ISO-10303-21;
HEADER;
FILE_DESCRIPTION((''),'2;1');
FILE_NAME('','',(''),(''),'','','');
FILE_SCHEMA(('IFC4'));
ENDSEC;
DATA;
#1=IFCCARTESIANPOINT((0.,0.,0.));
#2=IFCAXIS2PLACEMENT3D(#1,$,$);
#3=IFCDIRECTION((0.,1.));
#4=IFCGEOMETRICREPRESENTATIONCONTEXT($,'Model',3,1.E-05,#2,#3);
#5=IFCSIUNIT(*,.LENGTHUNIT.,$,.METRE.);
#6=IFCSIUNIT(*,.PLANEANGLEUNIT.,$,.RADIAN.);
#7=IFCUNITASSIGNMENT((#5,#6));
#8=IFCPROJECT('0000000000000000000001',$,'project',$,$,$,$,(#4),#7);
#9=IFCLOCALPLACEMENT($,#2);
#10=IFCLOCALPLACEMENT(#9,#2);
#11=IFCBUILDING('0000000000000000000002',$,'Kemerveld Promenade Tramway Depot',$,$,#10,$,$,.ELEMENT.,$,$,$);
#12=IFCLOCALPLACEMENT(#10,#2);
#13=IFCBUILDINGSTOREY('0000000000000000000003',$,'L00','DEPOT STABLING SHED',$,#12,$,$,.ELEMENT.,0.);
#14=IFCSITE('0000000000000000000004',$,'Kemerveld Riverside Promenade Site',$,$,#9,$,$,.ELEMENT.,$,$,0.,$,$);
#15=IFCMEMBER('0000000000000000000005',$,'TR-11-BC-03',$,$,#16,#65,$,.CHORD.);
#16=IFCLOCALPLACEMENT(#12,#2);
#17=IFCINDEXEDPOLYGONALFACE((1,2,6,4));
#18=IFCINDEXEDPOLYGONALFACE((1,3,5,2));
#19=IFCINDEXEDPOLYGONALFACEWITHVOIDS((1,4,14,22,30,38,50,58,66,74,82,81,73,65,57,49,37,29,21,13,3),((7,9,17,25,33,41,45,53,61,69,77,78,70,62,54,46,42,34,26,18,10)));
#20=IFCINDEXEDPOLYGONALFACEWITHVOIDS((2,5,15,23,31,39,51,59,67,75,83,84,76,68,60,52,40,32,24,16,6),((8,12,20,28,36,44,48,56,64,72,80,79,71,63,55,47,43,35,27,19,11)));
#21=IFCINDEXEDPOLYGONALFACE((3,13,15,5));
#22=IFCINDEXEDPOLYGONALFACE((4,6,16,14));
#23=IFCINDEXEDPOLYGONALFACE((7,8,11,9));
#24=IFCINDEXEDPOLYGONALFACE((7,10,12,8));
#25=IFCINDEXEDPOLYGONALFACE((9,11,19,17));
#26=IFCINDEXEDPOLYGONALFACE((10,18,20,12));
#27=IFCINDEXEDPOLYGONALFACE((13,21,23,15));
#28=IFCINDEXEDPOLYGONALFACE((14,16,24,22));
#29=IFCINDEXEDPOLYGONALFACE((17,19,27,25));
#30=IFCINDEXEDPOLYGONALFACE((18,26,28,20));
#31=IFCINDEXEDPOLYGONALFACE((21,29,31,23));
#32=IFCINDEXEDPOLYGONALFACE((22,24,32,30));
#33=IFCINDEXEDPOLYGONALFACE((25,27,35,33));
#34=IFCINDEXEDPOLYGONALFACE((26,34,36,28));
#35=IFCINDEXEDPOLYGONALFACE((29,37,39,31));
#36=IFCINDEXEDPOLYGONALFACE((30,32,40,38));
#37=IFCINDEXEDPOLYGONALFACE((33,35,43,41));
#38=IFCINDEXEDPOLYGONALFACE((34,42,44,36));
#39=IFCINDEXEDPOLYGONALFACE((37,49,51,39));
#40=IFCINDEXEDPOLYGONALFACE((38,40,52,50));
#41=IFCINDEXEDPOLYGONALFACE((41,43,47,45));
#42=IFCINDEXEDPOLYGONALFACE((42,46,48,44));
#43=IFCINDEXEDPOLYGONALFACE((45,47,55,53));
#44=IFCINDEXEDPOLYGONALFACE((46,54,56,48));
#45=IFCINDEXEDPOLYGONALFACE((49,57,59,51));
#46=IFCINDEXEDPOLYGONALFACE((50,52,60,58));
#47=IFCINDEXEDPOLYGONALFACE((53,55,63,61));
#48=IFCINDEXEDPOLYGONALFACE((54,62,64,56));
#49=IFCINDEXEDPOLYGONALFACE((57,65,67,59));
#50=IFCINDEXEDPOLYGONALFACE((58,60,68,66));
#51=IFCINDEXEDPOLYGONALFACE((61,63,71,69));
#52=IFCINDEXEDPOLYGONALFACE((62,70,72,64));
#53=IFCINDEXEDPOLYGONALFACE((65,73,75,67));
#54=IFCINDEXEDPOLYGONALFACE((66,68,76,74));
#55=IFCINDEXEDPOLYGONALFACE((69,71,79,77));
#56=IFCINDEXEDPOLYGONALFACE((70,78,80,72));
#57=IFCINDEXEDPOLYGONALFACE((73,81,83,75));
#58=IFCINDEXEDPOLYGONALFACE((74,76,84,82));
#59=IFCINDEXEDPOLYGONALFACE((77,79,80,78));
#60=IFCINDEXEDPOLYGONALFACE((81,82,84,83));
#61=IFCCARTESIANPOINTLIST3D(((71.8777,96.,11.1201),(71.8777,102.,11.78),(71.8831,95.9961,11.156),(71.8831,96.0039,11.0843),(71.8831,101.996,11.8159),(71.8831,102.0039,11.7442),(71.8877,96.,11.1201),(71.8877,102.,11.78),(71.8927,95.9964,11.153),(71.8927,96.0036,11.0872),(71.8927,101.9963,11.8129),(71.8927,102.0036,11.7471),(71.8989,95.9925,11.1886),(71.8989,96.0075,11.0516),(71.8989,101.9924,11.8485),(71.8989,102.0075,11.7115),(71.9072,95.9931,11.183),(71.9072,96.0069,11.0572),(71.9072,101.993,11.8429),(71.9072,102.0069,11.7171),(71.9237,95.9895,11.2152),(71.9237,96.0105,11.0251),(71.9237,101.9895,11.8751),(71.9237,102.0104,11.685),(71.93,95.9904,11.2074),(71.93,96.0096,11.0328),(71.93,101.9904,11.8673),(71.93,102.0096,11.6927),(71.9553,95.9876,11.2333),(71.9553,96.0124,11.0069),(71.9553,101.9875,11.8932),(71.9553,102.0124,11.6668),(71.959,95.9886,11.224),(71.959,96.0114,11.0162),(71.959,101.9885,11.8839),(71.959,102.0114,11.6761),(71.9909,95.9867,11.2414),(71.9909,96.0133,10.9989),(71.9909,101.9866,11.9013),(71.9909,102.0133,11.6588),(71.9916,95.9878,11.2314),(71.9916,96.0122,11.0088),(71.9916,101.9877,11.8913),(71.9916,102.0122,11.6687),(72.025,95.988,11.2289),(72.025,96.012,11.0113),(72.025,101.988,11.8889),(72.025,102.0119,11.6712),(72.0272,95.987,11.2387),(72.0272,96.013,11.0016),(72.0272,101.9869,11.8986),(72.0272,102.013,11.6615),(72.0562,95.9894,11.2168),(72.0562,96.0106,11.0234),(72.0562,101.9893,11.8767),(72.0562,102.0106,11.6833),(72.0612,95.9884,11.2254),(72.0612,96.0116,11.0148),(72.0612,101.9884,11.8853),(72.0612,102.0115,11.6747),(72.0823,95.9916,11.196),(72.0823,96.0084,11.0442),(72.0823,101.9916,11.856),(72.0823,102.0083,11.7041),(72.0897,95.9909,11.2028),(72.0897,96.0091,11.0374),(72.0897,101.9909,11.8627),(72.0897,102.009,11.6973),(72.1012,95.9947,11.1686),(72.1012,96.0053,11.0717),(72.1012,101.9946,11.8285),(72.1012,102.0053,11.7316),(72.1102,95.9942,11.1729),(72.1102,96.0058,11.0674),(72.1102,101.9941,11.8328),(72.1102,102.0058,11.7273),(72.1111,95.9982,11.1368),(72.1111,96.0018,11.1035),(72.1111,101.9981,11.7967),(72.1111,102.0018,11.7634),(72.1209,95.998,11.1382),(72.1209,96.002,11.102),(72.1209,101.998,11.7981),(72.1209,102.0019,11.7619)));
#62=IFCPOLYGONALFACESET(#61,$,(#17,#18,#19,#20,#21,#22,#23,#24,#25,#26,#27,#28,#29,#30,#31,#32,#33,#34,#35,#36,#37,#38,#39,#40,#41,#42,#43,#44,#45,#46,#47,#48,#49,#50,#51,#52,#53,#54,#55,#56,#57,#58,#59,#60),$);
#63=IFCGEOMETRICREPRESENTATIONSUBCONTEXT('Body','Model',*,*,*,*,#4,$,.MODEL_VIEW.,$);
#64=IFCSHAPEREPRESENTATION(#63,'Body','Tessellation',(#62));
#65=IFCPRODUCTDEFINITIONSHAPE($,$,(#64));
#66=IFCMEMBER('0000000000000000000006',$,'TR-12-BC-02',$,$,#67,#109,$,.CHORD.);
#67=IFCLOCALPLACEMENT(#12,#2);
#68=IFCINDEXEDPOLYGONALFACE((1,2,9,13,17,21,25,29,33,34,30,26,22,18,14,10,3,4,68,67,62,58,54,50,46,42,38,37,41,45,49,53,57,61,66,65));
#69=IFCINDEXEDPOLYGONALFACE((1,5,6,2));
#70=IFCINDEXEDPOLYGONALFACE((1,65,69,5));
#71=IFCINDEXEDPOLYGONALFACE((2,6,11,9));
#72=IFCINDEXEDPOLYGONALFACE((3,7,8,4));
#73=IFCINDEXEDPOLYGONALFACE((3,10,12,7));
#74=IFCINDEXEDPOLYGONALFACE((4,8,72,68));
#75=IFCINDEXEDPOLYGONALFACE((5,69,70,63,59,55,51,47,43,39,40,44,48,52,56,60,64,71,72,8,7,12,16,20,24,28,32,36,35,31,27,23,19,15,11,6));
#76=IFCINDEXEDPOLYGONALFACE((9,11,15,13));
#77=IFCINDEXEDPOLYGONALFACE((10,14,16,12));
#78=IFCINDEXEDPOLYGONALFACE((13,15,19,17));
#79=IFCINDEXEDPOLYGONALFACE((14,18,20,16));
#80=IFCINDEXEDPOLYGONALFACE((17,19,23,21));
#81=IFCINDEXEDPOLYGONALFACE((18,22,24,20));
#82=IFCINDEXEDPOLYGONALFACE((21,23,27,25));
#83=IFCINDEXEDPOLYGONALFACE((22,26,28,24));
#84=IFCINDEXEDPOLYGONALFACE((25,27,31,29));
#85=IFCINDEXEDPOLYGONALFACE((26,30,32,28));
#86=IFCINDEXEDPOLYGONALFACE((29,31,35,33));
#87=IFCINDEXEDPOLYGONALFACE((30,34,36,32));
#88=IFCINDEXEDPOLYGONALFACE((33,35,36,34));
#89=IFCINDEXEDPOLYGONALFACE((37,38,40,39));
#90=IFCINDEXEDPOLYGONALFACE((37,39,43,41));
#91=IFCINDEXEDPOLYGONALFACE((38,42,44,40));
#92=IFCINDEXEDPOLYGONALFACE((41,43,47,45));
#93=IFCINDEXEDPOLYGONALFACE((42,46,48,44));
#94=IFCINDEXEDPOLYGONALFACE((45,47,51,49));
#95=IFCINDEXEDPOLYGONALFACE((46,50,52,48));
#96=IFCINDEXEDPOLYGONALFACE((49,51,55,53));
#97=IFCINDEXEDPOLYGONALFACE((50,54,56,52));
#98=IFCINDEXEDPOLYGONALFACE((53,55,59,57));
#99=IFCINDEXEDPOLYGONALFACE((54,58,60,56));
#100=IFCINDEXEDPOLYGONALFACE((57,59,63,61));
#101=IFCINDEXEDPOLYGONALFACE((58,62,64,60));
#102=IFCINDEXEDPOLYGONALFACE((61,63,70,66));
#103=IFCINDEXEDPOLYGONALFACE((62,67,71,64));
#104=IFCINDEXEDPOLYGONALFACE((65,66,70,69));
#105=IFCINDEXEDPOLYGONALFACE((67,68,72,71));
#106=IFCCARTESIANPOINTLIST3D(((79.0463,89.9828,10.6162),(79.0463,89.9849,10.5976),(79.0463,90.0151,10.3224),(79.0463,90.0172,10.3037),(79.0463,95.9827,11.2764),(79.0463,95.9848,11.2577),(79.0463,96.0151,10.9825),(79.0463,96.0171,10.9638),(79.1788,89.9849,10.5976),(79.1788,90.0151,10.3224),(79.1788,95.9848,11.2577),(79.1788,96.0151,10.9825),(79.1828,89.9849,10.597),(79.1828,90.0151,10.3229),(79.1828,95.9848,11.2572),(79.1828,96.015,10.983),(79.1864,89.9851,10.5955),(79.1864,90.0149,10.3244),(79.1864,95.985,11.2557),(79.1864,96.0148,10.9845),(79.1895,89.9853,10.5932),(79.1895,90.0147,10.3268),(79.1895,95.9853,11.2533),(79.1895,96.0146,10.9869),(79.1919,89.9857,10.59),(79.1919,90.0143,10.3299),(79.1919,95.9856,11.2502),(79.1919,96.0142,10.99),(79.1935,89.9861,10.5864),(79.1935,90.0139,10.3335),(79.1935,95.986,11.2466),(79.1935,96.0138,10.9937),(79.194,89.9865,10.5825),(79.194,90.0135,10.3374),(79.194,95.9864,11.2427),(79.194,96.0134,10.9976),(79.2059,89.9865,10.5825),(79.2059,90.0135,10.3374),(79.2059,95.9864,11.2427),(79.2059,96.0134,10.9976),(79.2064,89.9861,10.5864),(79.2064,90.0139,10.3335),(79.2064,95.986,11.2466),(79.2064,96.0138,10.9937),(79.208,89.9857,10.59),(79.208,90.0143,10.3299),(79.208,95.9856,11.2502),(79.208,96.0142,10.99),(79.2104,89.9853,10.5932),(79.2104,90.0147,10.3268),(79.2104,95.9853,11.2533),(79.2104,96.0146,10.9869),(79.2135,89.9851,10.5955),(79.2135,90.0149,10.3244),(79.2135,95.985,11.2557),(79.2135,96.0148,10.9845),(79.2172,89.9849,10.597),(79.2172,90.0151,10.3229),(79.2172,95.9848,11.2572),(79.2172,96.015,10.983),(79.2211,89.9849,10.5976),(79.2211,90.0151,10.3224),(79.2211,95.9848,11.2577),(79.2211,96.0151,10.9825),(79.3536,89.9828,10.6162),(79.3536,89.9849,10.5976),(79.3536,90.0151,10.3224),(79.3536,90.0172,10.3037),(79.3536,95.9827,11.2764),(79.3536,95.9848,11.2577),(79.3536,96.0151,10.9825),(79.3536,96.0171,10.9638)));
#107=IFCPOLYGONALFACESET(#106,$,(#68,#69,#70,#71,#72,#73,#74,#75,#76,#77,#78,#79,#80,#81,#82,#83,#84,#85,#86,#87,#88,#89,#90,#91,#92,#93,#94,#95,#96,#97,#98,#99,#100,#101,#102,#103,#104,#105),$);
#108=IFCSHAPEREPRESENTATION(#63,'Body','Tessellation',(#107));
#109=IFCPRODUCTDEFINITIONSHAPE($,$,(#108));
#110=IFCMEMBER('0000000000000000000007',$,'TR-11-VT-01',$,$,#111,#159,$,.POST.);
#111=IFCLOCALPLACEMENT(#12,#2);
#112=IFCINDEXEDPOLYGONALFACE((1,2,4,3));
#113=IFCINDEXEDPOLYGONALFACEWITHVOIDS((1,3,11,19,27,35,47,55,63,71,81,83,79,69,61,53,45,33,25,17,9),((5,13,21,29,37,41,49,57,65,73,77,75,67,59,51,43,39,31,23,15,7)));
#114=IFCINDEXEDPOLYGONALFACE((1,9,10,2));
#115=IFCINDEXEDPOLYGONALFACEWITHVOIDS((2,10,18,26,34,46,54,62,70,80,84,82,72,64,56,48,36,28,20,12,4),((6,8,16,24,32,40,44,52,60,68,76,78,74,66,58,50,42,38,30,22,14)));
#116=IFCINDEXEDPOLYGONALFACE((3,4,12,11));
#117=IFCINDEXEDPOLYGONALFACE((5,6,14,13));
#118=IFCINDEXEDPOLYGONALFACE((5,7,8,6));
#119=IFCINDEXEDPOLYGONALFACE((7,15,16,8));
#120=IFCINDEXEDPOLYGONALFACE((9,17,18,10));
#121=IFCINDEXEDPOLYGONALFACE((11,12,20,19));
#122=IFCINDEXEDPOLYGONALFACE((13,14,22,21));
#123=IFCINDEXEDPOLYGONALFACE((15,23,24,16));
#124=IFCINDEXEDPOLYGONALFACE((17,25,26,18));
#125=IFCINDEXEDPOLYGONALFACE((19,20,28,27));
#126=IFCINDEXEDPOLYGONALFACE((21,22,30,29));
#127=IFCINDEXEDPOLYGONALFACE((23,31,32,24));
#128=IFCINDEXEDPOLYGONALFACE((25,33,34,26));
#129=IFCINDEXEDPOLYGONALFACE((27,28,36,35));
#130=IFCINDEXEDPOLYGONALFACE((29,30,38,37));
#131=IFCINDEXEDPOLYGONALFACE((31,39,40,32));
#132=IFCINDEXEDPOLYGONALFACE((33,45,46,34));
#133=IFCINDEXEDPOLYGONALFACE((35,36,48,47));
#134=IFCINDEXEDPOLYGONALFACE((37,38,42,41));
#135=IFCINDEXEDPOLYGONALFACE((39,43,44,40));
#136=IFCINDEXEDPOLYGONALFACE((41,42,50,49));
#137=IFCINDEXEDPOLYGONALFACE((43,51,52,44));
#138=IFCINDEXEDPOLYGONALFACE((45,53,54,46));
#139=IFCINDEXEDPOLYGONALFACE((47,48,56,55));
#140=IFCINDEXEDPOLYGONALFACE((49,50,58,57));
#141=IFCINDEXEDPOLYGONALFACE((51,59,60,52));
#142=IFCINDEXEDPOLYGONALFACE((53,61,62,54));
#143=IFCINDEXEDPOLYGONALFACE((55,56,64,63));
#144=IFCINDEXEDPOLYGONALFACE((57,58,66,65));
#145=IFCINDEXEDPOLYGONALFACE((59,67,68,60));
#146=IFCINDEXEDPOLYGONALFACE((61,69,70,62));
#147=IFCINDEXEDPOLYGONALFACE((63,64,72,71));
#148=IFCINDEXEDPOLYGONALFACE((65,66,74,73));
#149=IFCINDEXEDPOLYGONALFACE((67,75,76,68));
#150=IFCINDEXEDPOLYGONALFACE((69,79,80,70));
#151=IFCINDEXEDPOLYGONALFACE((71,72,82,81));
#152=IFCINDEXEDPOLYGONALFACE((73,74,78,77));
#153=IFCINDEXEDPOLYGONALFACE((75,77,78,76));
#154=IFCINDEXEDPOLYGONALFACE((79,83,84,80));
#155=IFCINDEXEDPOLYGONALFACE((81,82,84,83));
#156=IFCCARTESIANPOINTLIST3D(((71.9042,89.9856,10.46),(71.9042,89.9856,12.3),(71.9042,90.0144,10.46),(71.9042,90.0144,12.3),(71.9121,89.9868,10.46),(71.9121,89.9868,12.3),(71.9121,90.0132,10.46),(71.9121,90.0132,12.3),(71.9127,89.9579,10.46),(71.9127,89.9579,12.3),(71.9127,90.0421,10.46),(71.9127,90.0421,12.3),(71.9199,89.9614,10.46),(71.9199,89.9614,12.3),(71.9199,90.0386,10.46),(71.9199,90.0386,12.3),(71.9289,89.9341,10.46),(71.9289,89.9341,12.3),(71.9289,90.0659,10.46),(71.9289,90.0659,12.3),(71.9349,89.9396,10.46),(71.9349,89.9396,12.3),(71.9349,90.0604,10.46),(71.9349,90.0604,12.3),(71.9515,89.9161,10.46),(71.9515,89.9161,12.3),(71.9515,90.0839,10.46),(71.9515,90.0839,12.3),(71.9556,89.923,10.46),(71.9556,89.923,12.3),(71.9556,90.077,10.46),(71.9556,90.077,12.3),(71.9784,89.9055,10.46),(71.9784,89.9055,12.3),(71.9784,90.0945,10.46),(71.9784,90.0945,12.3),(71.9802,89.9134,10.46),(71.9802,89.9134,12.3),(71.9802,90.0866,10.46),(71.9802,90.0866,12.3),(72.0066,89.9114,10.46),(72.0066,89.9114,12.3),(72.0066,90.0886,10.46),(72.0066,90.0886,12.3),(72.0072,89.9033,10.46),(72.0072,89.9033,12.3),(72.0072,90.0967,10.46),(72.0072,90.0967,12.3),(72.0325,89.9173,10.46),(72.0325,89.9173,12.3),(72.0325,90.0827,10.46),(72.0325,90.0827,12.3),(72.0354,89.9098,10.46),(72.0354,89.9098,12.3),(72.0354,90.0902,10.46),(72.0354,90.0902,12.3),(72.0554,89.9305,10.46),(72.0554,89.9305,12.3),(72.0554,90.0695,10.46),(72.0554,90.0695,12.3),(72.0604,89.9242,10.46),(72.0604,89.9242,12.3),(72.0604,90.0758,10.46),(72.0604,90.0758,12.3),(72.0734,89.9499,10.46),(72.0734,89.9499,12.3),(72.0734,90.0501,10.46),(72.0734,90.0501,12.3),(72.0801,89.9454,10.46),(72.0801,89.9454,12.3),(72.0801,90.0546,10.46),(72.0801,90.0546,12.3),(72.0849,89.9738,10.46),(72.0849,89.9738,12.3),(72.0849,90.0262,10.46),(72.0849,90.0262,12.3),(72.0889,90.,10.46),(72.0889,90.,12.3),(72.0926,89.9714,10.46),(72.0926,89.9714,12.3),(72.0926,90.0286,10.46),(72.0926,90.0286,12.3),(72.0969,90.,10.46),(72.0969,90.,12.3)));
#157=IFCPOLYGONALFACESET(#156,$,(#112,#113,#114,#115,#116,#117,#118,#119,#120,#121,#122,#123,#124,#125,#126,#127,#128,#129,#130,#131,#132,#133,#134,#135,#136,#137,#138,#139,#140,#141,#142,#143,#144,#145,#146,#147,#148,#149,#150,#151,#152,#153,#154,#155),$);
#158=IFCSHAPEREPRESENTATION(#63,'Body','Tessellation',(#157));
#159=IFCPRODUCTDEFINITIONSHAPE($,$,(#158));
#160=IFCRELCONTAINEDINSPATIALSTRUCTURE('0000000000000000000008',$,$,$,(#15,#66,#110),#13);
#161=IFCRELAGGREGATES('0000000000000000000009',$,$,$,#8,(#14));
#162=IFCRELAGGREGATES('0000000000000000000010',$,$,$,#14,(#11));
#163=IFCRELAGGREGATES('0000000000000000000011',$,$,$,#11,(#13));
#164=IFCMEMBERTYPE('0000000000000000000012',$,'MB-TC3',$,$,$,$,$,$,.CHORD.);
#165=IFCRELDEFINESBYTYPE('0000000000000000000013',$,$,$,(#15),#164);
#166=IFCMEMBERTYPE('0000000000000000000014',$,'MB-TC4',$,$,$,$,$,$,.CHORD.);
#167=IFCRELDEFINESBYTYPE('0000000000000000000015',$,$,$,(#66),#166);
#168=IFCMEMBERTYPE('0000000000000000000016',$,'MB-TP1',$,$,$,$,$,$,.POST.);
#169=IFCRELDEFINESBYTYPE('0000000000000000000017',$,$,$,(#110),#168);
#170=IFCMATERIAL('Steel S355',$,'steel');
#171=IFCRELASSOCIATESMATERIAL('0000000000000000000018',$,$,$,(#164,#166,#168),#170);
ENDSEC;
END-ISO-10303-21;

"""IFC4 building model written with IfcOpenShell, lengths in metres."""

from ifc_helpers import new_model, si_unit, direction, frame, origin, origin_2d, place, context, subcontext, project, spatial, hollow_circle, i_section, extrude, material, material_profile, profile_set, type_object, element, save


model = new_model("IFC4")

# Units and contexts
model_context = context("Model", 3, precision=1e-05, world=origin(), true_north=direction((0.0, 1.0)))
body_context = subcontext(model_context, "Body", "Model", "MODEL_VIEW")
ifc_project = project(units=[si_unit("LENGTHUNIT", "METRE"), si_unit("PLANEANGLEUNIT", "RADIAN")], contexts=[model_context])

# Site, building, storey
site_placement = place(None, origin())
site = spatial("IfcSite", under=ifc_project, at=site_placement, Name="Kemerveld Riverside Promenade Site", CompositionType="ELEMENT", RefElevation=0.0)
building_placement = place(site_placement, origin())
building = spatial("IfcBuilding", under=site, at=building_placement, Name="Kemerveld Promenade Tramway Depot", CompositionType="ELEMENT")
storey_placement = place(building_placement, origin())
storey = spatial("IfcBuildingStorey", under=building, at=storey_placement, Name="L00", Description="DEPOT STABLING SHED", CompositionType="ELEMENT", Elevation=0.0)

# Members
ifc_material_1 = material(Name="Steel S355", Category="steel")
ifc_material_profile_1 = material_profile(ifc_material_1, hollow_circle(Radius=0.1223, WallThickness=0.01, at=origin_2d()), Name="244.5x10.0 CHS")
ifc_profile_set_1 = profile_set([ifc_material_profile_1], Name="Steel S355")
member_type_1 = type_object("IfcMemberType", Name="MB-TC3", PredefinedType="CHORD", material=ifc_profile_set_1)
for number, where, z_axis, x_axis, name in (
    (1, (72.0, 96.0, 11.1201), (0.0, 0.994006, 0.109326), (-1.0, 0.0, 0.0), "TR-11-BC-03"),
):
    element("IfcMember", number, at=place(storey_placement, frame(where, z_axis=z_axis, x_axis=x_axis)), inside=storey, type_object=member_type_1, Name=name, PredefinedType="CHORD", context=body_context, shape_type="SweptSolid", body=[
        extrude(hollow_circle(Radius=0.1223, WallThickness=0.01, at=origin_2d()), origin(), (0.0, 0.0, 1.0), 6.0361),
    ])
ifc_material_profile_2 = material_profile(ifc_material_1, i_section(OverallWidth=0.3074, OverallDepth=0.3145, WebThickness=0.012, FlangeThickness=0.0188, FilletRadius=0.0151, at=origin_2d()), Name="305x305x118 UC")
ifc_profile_set_2 = profile_set([ifc_material_profile_2], Name="Steel S355")
member_type_2 = type_object("IfcMemberType", Name="MB-TC4", PredefinedType="CHORD", material=ifc_profile_set_2)
member_1_placement = place(storey_placement, frame((79.2, 90.0, 10.46), z_axis=(0.0, 0.994002, 0.109366), x_axis=(-1.0, 0.0, 0.0)))
element("IfcMember", 2, at=member_1_placement, inside=storey, type_object=member_type_2, Name="TR-12-BC-02", PredefinedType="CHORD", context=body_context, shape_type="SweptSolid", body=[
    extrude(i_section(OverallWidth=0.3074, OverallDepth=0.3145, WebThickness=0.012, FlangeThickness=0.0188, FilletRadius=0.0151, at=origin_2d()), origin(), (0.0, 0.0, 1.0), 6.0361),
])
ifc_material_profile_3 = material_profile(ifc_material_1, hollow_circle(Radius=0.0969, WallThickness=0.0081, at=origin_2d()), Name="193.7x8.0 CHS")
ifc_profile_set_3 = profile_set([ifc_material_profile_3], Name="Steel S355")
member_type_3 = type_object("IfcMemberType", Name="MB-TP1", PredefinedType="POST", material=ifc_profile_set_3)
member_2_placement = place(storey_placement, frame((72.0, 90.0, 10.46), z_axis=(0.0, 0.0, 1.0), x_axis=(1.0, 0.0, 0.0)))
element("IfcMember", 3, at=member_2_placement, inside=storey, type_object=member_type_3, Name="TR-11-VT-01", PredefinedType="POST", context=body_context, shape_type="SweptSolid", body=[
    extrude(hollow_circle(Radius=0.0969, WallThickness=0.0081, at=origin_2d()), origin(), (0.0, 0.0, 1.0), 1.8401),
])

save(model, "model.ifc")
